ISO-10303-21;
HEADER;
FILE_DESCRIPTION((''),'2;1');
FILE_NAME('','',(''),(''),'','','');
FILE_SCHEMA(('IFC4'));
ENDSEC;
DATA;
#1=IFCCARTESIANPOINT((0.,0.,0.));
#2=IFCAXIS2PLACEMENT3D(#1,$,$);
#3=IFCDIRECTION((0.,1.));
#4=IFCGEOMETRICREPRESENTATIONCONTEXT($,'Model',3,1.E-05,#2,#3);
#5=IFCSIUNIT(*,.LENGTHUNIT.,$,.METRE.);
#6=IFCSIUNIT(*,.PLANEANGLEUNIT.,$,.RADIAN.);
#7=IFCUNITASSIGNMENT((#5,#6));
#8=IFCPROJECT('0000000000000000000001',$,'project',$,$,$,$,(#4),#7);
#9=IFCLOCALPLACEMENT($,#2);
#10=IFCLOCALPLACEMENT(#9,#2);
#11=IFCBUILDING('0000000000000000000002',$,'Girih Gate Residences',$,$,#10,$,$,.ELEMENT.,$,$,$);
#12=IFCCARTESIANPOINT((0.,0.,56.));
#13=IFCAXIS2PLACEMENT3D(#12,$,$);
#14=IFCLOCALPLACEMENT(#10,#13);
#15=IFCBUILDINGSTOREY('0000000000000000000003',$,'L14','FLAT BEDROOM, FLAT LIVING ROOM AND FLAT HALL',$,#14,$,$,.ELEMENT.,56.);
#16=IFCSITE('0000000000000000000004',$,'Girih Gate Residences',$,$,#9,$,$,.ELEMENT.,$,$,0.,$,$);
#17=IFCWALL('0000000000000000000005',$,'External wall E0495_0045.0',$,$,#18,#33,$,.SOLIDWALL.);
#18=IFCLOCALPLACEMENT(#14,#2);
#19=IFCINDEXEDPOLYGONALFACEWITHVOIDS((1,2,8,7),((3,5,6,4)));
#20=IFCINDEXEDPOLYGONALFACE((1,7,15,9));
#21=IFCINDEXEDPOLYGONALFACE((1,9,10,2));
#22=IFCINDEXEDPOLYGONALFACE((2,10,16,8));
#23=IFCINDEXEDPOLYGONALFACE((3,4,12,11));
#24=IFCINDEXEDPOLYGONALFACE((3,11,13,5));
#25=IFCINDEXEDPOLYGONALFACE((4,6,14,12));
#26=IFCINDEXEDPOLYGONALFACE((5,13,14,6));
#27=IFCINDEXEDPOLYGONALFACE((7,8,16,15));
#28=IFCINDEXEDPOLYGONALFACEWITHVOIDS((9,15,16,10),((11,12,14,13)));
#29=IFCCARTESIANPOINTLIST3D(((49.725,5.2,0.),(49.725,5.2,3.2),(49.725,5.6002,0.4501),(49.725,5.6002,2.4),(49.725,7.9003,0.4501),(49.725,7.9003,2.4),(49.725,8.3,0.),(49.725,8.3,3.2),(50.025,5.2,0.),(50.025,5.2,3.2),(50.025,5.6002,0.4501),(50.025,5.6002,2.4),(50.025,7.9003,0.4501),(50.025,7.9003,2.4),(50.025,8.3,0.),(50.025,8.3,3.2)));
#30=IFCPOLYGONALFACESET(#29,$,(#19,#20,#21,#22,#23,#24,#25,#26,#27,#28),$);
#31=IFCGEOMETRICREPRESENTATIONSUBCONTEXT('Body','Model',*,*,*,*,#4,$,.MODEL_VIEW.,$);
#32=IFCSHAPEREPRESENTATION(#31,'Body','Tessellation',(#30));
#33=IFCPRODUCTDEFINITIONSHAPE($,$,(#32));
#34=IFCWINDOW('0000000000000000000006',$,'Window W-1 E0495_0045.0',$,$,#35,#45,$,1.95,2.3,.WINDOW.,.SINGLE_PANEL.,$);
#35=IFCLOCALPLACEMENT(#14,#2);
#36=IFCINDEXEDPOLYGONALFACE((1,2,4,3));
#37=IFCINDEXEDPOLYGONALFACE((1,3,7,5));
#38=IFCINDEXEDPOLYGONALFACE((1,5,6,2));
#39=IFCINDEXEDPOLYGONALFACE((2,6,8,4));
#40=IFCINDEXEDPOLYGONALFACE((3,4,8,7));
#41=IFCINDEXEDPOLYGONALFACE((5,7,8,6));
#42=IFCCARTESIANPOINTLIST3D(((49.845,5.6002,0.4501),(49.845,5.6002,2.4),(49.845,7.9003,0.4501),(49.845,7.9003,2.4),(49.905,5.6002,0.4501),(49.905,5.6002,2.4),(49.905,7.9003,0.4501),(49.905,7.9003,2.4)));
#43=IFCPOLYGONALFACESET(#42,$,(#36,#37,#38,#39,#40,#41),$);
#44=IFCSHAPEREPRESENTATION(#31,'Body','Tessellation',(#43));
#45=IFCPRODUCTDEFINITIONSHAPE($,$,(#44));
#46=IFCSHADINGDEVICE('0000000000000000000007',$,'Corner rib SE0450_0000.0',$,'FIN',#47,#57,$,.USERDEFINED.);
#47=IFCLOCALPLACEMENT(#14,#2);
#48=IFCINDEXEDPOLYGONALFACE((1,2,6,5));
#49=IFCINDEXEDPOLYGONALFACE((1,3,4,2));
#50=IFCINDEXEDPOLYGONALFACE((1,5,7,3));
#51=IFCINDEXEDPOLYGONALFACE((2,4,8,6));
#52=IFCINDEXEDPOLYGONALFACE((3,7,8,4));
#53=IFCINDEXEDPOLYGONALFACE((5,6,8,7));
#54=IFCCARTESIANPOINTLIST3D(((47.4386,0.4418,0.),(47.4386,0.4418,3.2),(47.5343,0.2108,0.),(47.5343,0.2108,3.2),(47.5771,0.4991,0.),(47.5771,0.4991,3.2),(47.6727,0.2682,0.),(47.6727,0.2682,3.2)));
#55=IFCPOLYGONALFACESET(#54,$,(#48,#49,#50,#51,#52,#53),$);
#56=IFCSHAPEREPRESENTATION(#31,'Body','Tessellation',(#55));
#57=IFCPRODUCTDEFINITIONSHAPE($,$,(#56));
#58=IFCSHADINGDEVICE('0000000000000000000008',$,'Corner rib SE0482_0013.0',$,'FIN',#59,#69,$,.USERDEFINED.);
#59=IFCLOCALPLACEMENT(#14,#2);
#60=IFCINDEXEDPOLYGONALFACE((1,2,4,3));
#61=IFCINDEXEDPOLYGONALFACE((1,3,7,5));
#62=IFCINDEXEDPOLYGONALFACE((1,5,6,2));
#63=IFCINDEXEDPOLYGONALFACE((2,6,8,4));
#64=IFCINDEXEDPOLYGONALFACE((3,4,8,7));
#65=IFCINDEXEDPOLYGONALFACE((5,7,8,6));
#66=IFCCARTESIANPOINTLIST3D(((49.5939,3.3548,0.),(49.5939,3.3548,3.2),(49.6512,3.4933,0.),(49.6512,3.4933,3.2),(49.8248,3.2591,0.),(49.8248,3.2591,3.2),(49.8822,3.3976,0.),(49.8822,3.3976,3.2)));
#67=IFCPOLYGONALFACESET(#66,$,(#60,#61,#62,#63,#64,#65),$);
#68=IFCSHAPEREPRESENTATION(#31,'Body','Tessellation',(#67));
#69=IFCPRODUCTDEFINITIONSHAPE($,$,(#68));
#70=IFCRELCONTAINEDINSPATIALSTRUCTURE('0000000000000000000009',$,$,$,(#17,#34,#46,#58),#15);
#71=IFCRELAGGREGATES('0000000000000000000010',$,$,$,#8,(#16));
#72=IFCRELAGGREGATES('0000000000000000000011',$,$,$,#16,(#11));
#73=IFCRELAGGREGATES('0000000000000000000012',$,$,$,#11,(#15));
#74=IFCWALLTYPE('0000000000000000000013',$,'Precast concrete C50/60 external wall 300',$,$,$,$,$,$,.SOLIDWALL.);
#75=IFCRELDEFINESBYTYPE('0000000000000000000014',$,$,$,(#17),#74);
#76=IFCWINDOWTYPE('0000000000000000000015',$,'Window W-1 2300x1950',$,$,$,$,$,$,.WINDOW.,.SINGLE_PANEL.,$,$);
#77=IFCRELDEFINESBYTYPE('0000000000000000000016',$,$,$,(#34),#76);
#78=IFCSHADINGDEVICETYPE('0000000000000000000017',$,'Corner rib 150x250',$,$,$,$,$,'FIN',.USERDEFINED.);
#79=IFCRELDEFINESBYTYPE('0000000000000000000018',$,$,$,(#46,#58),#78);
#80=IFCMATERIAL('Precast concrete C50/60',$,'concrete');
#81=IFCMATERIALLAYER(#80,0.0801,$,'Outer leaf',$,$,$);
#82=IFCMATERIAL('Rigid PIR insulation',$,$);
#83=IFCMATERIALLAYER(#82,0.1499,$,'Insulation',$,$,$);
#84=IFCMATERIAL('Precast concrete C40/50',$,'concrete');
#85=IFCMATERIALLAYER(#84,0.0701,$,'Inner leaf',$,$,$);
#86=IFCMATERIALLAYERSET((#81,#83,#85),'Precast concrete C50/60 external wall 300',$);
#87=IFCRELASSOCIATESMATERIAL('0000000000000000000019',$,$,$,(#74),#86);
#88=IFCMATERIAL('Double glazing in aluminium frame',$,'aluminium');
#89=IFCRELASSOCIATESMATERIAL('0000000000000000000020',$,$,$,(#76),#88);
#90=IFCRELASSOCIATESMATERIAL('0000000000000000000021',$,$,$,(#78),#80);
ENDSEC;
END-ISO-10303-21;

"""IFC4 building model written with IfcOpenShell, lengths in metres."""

from ifc_helpers import new_model, si_unit, direction, frame, frame_2d, origin, origin_2d, place, context, subcontext, project, spatial, rectangle, extrude, material, layer, layer_set, type_object, element, fill, save


model = new_model("IFC4")

# Units and contexts
model_context = context("Model", 3, precision=1e-05, world=origin(), true_north=direction((0.0, 1.0)))
body_context = subcontext(model_context, "Body", "Model", "MODEL_VIEW")
ifc_project = project(units=[si_unit("LENGTHUNIT", "METRE"), si_unit("PLANEANGLEUNIT", "RADIAN")], contexts=[model_context])

# Site, building, storey
site_placement = place(None, origin())
site = spatial("IfcSite", under=ifc_project, at=site_placement, Name="Girih Gate Residences", CompositionType="ELEMENT", RefElevation=0.0)
building_placement = place(site_placement, origin())
building = spatial("IfcBuilding", under=site, at=building_placement, Name="Girih Gate Residences", CompositionType="ELEMENT")
storey_placement = place(building_placement, frame((0.0, 0.0, 56.0)))
storey = spatial("IfcBuildingStorey", under=building, at=storey_placement, Name="L14", Description="FLAT BEDROOM, FLAT LIVING ROOM AND FLAT HALL", CompositionType="ELEMENT", Elevation=56.0)

# Wall, opening, window
ifc_material_1 = material(Name="Precast concrete C50/60", Category="concrete")
ifc_layer_1 = layer(ifc_material_1, 0.0801, Name="Outer leaf")
ifc_material_2 = material(Name="Rigid PIR insulation")
ifc_layer_2 = layer(ifc_material_2, 0.1499, Name="Insulation")
ifc_material_3 = material(Name="Precast concrete C40/50", Category="concrete")
ifc_layer_3 = layer(ifc_material_3, 0.0701, Name="Inner leaf")
ifc_layer_set_1 = layer_set([ifc_layer_1, ifc_layer_2, ifc_layer_3], Name="Precast concrete C50/60 external wall 300")
wall_type_1 = type_object("IfcWallType", Name="Precast concrete C50/60 external wall 300", PredefinedType="SOLIDWALL", material=ifc_layer_set_1)
ifc_material_4 = material(Name="Double glazing in aluminium frame", Category="aluminium")
wall_1_placement = place(storey_placement, frame((49.875, 8.3, 0.0), z_axis=(0.0, 0.0, 1.0), x_axis=(0.0, -1.0, 0.0)))
wall_1 = element("IfcWall", 1, at=wall_1_placement, inside=storey, type_object=wall_type_1, Name="External wall E0495_0045.0", PredefinedType="SOLIDWALL", context=body_context, shape_type="SweptSolid", body=[
    extrude(rectangle(XDim=3.1001, YDim=0.3, at=frame_2d((1.55, 0.0))), origin(), (0.0, 0.0, 1.0), 3.2),
])
opening_1_placement = place(wall_1_placement, frame((0.3999, 0.0, 0.45)))
opening_1 = element("IfcOpeningElement", 2, at=opening_1_placement, cuts=wall_1, PredefinedType="OPENING", context=body_context, shape_type="SweptSolid", body=[
    extrude(rectangle(XDim=2.3, YDim=1.95, at=frame_2d((1.1499, 0.9751))), frame((0.0, 0.1599, 0.0), z_axis=(0.0, -1.0, 0.0), x_axis=(1.0, 0.0, 0.0)), (0.0, 0.0, 1.0), 0.3201),
])
window_type_1 = type_object("IfcWindowType", Name="Window W-1 2300x1950", PartitioningType="SINGLE_PANEL", PredefinedType="WINDOW", material=ifc_material_4)
window_1_placement = place(opening_1_placement, origin())
window_1 = element("IfcWindow", 3, at=window_1_placement, inside=storey, type_object=window_type_1, Name="Window W-1 E0495_0045.0", OverallHeight=1.95, OverallWidth=2.3, PartitioningType="SINGLE_PANEL", PredefinedType="WINDOW", context=body_context, shape_type="SweptSolid", body=[
    extrude(rectangle(XDim=2.3, YDim=1.95, at=frame_2d((1.1499, 0.9751))), frame((0.0, 0.03, 0.0), z_axis=(0.0, -1.0, 0.0), x_axis=(1.0, 0.0, 0.0)), (0.0, 0.0, 1.0), 0.0601),
])
fill(opening_1, window_1)

# Shading devices
shading_device_type = type_object("IfcShadingDeviceType", Name="Corner rib 150x250", ElementType="FIN", PredefinedType="USERDEFINED", material=ifc_material_1)
for number, where, z_axis, x_axis, name in (
    (4, (47.5557, 0.355, 0.0), (0.0, 0.0, 1.0), (0.92388, 0.382683, 0.0), "Corner rib SE0450_0000.0"),
    (5, (49.738, 3.3762, 0.0), (0.0, 0.0, 1.0), (0.382683, 0.92388, 0.0), "Corner rib SE0482_0013.0"),
):
    element("IfcShadingDevice", number, at=place(storey_placement, frame(where, z_axis=z_axis, x_axis=x_axis)), inside=storey, type_object=shading_device_type, Name=name, ObjectType="FIN", PredefinedType="USERDEFINED", context=body_context, shape_type="SweptSolid", body=[
        extrude(rectangle(XDim=0.1499, YDim=0.25, at=origin_2d()), origin(), (0.0, 0.0, 1.0), 3.2),
    ])

save(model, "model.ifc")
